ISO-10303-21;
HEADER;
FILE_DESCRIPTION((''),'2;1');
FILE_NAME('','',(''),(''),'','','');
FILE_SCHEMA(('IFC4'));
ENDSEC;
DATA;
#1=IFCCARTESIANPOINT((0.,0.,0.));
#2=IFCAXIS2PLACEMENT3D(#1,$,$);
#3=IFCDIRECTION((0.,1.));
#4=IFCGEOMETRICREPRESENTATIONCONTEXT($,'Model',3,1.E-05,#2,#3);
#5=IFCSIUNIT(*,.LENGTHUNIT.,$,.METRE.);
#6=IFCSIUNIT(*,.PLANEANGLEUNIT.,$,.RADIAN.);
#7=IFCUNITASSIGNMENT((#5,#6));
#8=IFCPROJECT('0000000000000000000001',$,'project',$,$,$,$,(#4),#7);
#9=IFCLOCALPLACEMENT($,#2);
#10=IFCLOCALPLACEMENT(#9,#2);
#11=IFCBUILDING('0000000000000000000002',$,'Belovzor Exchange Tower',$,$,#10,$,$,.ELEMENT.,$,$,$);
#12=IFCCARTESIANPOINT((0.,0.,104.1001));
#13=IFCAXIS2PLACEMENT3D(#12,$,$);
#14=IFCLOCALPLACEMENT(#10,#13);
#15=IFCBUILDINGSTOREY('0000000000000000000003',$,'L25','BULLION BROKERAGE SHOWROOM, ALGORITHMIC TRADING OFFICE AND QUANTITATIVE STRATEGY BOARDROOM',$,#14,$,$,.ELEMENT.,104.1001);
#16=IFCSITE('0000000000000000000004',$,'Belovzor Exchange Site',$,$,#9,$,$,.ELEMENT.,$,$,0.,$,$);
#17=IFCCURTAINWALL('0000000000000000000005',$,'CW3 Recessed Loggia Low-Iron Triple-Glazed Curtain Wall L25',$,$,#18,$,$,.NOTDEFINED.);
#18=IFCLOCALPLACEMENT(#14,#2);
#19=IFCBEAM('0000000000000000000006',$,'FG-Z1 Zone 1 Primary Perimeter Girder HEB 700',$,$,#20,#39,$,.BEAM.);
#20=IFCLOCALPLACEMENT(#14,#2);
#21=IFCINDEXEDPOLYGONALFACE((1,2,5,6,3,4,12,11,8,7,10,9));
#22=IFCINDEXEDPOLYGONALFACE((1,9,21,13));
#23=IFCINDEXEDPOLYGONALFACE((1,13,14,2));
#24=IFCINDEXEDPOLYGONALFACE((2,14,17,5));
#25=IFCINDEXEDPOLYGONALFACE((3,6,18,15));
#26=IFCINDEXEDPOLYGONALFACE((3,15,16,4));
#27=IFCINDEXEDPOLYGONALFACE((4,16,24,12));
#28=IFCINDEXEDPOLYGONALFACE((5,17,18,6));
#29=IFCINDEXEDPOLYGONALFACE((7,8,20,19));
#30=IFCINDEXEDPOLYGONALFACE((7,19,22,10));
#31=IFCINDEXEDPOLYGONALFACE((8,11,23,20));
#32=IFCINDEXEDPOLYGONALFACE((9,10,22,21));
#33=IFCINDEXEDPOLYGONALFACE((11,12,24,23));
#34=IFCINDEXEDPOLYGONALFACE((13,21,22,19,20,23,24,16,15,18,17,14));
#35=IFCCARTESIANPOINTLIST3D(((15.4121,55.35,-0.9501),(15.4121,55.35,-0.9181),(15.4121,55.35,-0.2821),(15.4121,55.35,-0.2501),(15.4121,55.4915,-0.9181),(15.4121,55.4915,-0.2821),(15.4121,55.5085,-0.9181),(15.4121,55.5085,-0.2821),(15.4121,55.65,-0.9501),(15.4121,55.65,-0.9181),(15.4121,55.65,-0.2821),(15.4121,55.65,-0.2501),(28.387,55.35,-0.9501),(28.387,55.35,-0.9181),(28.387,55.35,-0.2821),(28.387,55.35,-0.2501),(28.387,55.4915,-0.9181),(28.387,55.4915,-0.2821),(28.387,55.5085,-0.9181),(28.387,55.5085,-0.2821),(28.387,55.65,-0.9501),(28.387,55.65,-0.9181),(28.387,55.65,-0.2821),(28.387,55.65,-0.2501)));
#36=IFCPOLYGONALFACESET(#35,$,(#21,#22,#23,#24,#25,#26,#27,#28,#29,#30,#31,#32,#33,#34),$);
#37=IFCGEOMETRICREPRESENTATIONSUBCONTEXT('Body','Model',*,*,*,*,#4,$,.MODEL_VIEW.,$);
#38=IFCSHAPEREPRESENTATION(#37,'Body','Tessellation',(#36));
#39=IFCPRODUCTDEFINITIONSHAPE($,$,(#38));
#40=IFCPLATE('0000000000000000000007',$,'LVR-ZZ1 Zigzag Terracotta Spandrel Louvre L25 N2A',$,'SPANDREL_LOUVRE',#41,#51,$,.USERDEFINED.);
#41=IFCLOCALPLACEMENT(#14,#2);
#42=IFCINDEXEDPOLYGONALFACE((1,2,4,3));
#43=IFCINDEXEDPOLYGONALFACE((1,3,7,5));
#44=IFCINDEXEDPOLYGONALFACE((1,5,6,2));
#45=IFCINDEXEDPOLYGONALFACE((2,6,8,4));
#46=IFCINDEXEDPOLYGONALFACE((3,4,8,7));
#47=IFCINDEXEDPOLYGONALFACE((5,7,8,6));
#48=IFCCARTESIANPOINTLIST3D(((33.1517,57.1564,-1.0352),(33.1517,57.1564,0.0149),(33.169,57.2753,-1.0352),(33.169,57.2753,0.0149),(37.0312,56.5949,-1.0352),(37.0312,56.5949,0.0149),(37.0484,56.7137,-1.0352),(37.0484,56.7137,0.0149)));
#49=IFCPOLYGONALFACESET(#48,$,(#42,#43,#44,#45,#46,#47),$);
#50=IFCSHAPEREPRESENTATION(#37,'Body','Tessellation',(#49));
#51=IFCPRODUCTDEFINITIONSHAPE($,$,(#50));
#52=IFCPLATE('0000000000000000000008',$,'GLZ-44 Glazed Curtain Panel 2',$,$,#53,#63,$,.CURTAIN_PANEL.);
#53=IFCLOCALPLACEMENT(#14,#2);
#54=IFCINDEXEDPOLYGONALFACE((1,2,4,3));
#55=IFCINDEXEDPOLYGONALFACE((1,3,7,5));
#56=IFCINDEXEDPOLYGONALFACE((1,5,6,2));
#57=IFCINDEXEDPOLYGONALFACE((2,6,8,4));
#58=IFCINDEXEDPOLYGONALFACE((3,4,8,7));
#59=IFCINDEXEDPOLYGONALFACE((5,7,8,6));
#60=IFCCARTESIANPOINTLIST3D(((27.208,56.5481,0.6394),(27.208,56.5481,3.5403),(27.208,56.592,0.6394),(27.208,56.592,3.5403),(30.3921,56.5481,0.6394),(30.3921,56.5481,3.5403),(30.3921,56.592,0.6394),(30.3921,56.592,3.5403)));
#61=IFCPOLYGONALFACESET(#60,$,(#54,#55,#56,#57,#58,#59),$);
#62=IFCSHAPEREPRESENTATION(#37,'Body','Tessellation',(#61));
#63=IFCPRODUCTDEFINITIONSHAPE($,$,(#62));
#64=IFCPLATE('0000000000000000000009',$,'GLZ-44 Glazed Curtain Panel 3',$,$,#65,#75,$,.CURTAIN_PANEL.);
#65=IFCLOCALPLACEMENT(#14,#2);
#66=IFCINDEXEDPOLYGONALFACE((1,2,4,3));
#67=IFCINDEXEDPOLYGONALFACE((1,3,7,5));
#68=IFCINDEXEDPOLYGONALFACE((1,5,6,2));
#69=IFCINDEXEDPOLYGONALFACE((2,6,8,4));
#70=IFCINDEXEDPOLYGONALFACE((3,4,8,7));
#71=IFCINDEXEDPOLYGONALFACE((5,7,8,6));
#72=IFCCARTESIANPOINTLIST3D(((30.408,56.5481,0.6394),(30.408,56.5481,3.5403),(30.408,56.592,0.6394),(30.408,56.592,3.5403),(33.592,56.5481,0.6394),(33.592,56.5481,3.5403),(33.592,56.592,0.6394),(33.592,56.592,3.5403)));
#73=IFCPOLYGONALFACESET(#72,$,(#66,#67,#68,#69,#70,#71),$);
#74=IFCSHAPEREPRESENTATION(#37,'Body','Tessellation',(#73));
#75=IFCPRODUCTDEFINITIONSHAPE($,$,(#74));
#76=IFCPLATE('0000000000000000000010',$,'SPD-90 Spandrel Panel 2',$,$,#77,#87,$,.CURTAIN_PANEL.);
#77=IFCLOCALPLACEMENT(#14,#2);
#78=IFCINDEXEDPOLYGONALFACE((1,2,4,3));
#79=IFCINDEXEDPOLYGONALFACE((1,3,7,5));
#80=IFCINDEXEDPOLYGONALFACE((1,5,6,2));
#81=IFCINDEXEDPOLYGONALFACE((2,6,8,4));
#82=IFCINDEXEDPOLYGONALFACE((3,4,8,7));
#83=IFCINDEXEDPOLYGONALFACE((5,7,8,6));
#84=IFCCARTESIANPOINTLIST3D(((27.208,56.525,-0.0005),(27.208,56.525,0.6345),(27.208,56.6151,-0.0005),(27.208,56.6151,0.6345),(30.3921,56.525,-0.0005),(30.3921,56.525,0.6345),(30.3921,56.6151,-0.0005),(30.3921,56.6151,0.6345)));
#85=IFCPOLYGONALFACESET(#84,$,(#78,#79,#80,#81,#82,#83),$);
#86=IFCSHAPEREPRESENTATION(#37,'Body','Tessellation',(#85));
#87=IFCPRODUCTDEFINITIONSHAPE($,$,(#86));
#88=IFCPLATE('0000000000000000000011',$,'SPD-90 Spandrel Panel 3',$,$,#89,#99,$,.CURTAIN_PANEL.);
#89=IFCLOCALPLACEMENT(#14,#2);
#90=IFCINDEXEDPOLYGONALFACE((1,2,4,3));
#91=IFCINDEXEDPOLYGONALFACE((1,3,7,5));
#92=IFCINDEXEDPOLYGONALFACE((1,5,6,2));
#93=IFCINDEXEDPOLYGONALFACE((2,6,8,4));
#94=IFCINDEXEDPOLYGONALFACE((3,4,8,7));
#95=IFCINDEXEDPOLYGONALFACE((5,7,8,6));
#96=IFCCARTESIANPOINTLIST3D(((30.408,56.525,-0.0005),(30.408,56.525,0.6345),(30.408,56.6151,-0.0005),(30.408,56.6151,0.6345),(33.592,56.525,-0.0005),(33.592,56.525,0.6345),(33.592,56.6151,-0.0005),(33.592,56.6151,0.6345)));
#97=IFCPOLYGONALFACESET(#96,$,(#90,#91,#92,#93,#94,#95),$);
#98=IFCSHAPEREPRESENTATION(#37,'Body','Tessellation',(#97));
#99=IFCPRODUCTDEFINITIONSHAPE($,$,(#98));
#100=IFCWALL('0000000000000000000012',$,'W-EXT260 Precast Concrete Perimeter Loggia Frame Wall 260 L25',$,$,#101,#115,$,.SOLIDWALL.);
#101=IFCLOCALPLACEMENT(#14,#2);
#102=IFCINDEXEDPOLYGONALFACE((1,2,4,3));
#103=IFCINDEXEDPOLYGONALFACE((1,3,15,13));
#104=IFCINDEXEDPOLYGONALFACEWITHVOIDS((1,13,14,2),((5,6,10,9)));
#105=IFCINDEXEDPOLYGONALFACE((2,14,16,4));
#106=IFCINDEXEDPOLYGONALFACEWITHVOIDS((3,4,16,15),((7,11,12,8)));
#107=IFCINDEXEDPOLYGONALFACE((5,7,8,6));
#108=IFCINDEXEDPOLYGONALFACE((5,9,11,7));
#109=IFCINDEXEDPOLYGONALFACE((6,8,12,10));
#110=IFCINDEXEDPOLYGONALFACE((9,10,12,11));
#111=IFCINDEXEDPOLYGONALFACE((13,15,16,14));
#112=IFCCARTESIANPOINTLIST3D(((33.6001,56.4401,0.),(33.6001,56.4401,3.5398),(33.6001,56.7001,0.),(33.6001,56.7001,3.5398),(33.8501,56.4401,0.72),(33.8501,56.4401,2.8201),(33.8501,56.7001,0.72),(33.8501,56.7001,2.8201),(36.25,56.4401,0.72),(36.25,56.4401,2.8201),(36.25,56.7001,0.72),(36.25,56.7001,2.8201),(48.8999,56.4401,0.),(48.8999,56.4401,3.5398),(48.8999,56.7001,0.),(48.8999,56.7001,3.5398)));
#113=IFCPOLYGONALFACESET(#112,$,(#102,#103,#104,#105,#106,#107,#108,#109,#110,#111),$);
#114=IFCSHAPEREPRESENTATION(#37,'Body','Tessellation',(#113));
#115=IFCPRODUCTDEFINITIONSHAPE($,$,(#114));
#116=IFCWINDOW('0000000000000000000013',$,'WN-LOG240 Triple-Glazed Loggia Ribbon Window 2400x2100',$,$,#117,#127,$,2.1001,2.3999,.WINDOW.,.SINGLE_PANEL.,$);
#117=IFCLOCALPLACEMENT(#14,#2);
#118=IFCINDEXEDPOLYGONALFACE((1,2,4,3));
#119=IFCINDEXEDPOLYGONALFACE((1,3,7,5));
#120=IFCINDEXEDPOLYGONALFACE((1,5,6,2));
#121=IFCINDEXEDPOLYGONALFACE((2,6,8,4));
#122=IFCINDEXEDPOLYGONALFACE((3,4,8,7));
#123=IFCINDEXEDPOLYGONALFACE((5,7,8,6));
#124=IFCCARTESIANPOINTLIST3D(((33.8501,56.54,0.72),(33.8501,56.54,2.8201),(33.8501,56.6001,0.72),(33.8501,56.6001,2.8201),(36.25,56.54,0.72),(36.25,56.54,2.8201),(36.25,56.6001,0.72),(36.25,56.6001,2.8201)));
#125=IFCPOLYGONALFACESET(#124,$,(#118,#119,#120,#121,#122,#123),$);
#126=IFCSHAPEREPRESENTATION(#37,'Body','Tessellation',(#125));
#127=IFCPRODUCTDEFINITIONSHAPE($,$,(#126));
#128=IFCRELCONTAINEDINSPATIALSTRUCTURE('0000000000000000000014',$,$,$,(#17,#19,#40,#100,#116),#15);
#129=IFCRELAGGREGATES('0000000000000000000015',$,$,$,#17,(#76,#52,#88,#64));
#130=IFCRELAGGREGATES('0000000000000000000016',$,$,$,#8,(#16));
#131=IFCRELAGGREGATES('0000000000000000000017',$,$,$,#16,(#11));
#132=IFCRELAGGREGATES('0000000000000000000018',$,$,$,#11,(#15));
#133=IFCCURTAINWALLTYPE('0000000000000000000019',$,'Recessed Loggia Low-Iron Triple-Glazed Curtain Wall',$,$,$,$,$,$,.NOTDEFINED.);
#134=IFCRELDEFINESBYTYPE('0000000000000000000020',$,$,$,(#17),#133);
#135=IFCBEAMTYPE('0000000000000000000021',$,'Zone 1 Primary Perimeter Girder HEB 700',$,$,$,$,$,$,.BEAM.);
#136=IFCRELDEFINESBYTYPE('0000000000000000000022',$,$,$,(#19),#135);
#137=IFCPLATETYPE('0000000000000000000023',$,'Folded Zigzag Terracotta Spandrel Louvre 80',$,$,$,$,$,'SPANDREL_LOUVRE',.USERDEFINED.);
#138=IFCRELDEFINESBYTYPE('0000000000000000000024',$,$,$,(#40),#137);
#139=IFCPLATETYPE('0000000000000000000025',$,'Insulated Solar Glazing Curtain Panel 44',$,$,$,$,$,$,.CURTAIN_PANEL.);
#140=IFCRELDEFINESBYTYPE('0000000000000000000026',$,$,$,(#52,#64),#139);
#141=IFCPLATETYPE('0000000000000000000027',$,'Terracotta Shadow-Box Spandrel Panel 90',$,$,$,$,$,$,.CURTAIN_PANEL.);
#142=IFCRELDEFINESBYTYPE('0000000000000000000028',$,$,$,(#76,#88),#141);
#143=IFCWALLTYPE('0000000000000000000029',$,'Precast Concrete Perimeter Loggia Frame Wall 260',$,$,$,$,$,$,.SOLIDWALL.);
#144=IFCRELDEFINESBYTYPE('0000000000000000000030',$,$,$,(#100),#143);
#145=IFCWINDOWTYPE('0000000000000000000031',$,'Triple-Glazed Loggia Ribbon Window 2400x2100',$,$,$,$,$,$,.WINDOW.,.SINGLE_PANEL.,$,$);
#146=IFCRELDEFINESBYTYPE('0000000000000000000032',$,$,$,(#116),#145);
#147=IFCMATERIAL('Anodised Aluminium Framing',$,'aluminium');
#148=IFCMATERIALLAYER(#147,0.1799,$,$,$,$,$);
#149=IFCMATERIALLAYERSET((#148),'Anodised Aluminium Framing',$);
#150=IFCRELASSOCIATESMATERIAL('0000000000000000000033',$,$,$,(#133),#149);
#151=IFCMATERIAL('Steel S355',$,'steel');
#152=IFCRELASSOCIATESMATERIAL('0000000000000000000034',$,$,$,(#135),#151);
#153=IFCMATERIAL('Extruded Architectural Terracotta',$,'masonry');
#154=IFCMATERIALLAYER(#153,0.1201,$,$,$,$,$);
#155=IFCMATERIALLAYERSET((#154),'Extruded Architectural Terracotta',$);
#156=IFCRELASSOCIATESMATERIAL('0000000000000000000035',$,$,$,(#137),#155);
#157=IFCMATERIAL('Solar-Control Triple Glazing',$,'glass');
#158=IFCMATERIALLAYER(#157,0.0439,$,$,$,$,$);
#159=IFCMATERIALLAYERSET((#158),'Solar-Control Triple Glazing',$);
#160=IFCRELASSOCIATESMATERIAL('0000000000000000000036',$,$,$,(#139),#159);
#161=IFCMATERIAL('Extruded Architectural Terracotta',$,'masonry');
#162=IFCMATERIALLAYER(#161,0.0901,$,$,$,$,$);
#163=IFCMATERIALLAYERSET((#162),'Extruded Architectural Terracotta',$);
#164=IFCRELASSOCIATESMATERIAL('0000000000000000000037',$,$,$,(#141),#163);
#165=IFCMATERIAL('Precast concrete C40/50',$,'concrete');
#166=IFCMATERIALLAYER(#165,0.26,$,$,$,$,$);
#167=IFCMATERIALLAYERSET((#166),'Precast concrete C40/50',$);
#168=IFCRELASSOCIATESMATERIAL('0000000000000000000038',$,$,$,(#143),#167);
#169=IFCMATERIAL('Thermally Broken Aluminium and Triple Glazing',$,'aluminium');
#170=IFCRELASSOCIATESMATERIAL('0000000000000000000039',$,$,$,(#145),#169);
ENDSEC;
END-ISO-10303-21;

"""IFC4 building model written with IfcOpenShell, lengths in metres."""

from ifc_helpers import new_model, si_unit, direction, frame, frame_2d, origin, origin_2d, place, context, subcontext, project, spatial, rectangle, i_section, extrude, material, layer, layer_set, material_profile, profile_set, type_object, element, fill, aggregate, save


model = new_model("IFC4")

# Units and contexts
model_context = context("Model", 3, precision=1e-05, world=origin(), true_north=direction((0.0, 1.0)))
body_context = subcontext(model_context, "Body", "Model", "MODEL_VIEW")
ifc_project = project(units=[si_unit("LENGTHUNIT", "METRE"), si_unit("PLANEANGLEUNIT", "RADIAN")], contexts=[model_context])

# Site, building, storey
site_placement = place(None, origin())
site = spatial("IfcSite", under=ifc_project, at=site_placement, Name="Belovzor Exchange Site", CompositionType="ELEMENT", RefElevation=0.0)
building_placement = place(site_placement, origin())
building = spatial("IfcBuilding", under=site, at=building_placement, Name="Belovzor Exchange Tower", CompositionType="ELEMENT")
storey_placement = place(building_placement, frame((0.0, 0.0, 104.1001)))
storey = spatial("IfcBuildingStorey", under=building, at=storey_placement, Name="L25", Description="BULLION BROKERAGE SHOWROOM, ALGORITHMIC TRADING OFFICE AND QUANTITATIVE STRATEGY BOARDROOM", CompositionType="ELEMENT", Elevation=104.1001)

# Curtain wall
ifc_material_1 = material(Name="Anodised Aluminium Framing", Category="aluminium")
ifc_layer_1 = layer(ifc_material_1, 0.1799)
ifc_layer_set_1 = layer_set([ifc_layer_1], Name="Anodised Aluminium Framing")
curtain_wall_type = type_object("IfcCurtainWallType", Name="Recessed Loggia Low-Iron Triple-Glazed Curtain Wall", PredefinedType="NOTDEFINED", material=ifc_layer_set_1)
curtain_wall_placement = place(storey_placement, origin())
curtain_wall = element("IfcCurtainWall", 1, at=curtain_wall_placement, inside=storey, type_object=curtain_wall_type, Name="CW3 Recessed Loggia Low-Iron Triple-Glazed Curtain Wall L25", PredefinedType="NOTDEFINED")

# Beam
ifc_material_2 = material(Name="Steel S355", Category="steel")
ifc_material_profile_1 = material_profile(ifc_material_2, i_section(OverallWidth=0.3, OverallDepth=0.7, WebThickness=0.0171, FlangeThickness=0.032, at=origin_2d()))
ifc_profile_set_1 = profile_set([ifc_material_profile_1], Name="Steel S355")
beam_type_1 = type_object("IfcBeamType", Name="Zone 1 Primary Perimeter Girder HEB 700", PredefinedType="BEAM", material=ifc_profile_set_1)
beam_1_placement = place(storey_placement, frame((28.387, 55.5, -0.6001), z_axis=(-1.0, 0.0, 0.0), x_axis=(0.0, -1.0, 0.0)))
element("IfcBeam", 2, at=beam_1_placement, inside=storey, type_object=beam_type_1, Name="FG-Z1 Zone 1 Primary Perimeter Girder HEB 700", PredefinedType="BEAM", context=body_context, shape_type="SweptSolid", body=[
    extrude(i_section(OverallWidth=0.3, OverallDepth=0.7, WebThickness=0.0171, FlangeThickness=0.032, at=origin_2d()), origin(), (0.0, 0.0, 1.0), 12.9749),
])

# Plates
ifc_material_3 = material(Name="Extruded Architectural Terracotta", Category="masonry")
ifc_layer_2 = layer(ifc_material_3, 0.1201)
ifc_layer_set_2 = layer_set([ifc_layer_2], Name="Extruded Architectural Terracotta")
plate_type_1 = type_object("IfcPlateType", Name="Folded Zigzag Terracotta Spandrel Louvre 80", ElementType="SPANDREL_LOUVRE", PredefinedType="USERDEFINED", material=ifc_layer_set_2)
plate_1_placement = place(storey_placement, frame((35.1001, 56.9351, -1.0352), z_axis=(0.0, 0.0, 1.0), x_axis=(0.989686, -0.143251, 0.0)))
element("IfcPlate", 3, at=plate_1_placement, inside=storey, type_object=plate_type_1, Name="LVR-ZZ1 Zigzag Terracotta Spandrel Louvre L25 N2A", ObjectType="SPANDREL_LOUVRE", PredefinedType="USERDEFINED", context=body_context, shape_type="SweptSolid", body=[
    extrude(rectangle(XDim=3.9199, YDim=0.1201, at=origin_2d()), origin(), (0.0, 0.0, 1.0), 1.05),
])
ifc_material_4 = material(Name="Solar-Control Triple Glazing", Category="glass")
ifc_layer_3 = layer(ifc_material_4, 0.0439)
ifc_layer_set_3 = layer_set([ifc_layer_3], Name="Solar-Control Triple Glazing")
plate_type_2 = type_object("IfcPlateType", Name="Insulated Solar Glazing Curtain Panel 44", PredefinedType="CURTAIN_PANEL", material=ifc_layer_set_3)
plate_2_placement = place(storey_placement, frame((28.8, 56.5701, 0.6394), z_axis=(0.0, 0.0, 1.0), x_axis=(1.0, 0.0, 0.0)))
plate_2 = element("IfcPlate", 4, at=plate_2_placement, type_object=plate_type_2, Name="GLZ-44 Glazed Curtain Panel 2", PredefinedType="CURTAIN_PANEL", context=body_context, shape_type="SweptSolid", body=[
    extrude(rectangle(XDim=3.1841, YDim=0.0439, at=origin_2d()), origin(), (0.0, 0.0, 1.0), 2.9009),
])
plate_3_placement = place(storey_placement, frame((32.0, 56.5701, 0.6394), z_axis=(0.0, 0.0, 1.0), x_axis=(1.0, 0.0, 0.0)))
plate_3 = element("IfcPlate", 5, at=plate_3_placement, type_object=plate_type_2, Name="GLZ-44 Glazed Curtain Panel 3", PredefinedType="CURTAIN_PANEL", context=body_context, shape_type="SweptSolid", body=[
    extrude(rectangle(XDim=3.1841, YDim=0.0439, at=origin_2d()), origin(), (0.0, 0.0, 1.0), 2.9009),
])
ifc_material_5 = material(Name="Extruded Architectural Terracotta", Category="masonry")
ifc_layer_4 = layer(ifc_material_5, 0.0901)
ifc_layer_set_4 = layer_set([ifc_layer_4], Name="Extruded Architectural Terracotta")
plate_type_3 = type_object("IfcPlateType", Name="Terracotta Shadow-Box Spandrel Panel 90", PredefinedType="CURTAIN_PANEL", material=ifc_layer_set_4)
plate_4_placement = place(storey_placement, frame((28.8, 56.5701, -0.0005), z_axis=(0.0, 0.0, 1.0), x_axis=(1.0, 0.0, 0.0)))
plate_4 = element("IfcPlate", 6, at=plate_4_placement, type_object=plate_type_3, Name="SPD-90 Spandrel Panel 2", PredefinedType="CURTAIN_PANEL", context=body_context, shape_type="SweptSolid", body=[
    extrude(rectangle(XDim=3.1841, YDim=0.0901, at=origin_2d()), origin(), (0.0, 0.0, 1.0), 0.635),
])
plate_5_placement = place(storey_placement, frame((32.0, 56.5701, -0.0005), z_axis=(0.0, 0.0, 1.0), x_axis=(1.0, 0.0, 0.0)))
plate_5 = element("IfcPlate", 7, at=plate_5_placement, type_object=plate_type_3, Name="SPD-90 Spandrel Panel 3", PredefinedType="CURTAIN_PANEL", context=body_context, shape_type="SweptSolid", body=[
    extrude(rectangle(XDim=3.1841, YDim=0.0901, at=origin_2d()), origin(), (0.0, 0.0, 1.0), 0.635),
])
aggregate(curtain_wall, [plate_4, plate_2, plate_5, plate_3])

# Wall, opening, window
ifc_material_6 = material(Name="Precast concrete C40/50", Category="concrete")
ifc_layer_5 = layer(ifc_material_6, 0.26)
ifc_layer_set_5 = layer_set([ifc_layer_5], Name="Precast concrete C40/50")
wall_type = type_object("IfcWallType", Name="Precast Concrete Perimeter Loggia Frame Wall 260", PredefinedType="SOLIDWALL", material=ifc_layer_set_5)
wall_placement = place(storey_placement, frame((33.6001, 56.5701, 0.0), z_axis=(0.0, 0.0, 1.0), x_axis=(1.0, 0.0, 0.0)))
wall = element("IfcWall", 8, at=wall_placement, inside=storey, type_object=wall_type, Name="W-EXT260 Precast Concrete Perimeter Loggia Frame Wall 260 L25", PredefinedType="SOLIDWALL", context=body_context, shape_type="SweptSolid", body=[
    extrude(rectangle(XDim=15.2998, YDim=0.26, at=frame_2d((7.6499, 0.0))), origin(), (0.0, 0.0, 1.0), 3.5398),
])
opening_placement = place(wall_placement, frame((0.25, 0.0, 0.72)))
opening = element("IfcOpeningElement", 9, at=opening_placement, cuts=wall, PredefinedType="OPENING", context=body_context, shape_type="SweptSolid", body=[
    extrude(rectangle(XDim=2.3999, YDim=2.1001, at=frame_2d((1.2, 1.05))), frame((0.0, 0.1399, 0.0), z_axis=(0.0, -1.0, 0.0), x_axis=(1.0, 0.0, 0.0)), (0.0, 0.0, 1.0), 0.28),
])
ifc_material_7 = material(Name="Thermally Broken Aluminium and Triple Glazing", Category="aluminium")
window_type = type_object("IfcWindowType", Name="Triple-Glazed Loggia Ribbon Window 2400x2100", PartitioningType="SINGLE_PANEL", PredefinedType="WINDOW", material=ifc_material_7)
window_placement = place(opening_placement, origin())
window = element("IfcWindow", 10, at=window_placement, inside=storey, type_object=window_type, Name="WN-LOG240 Triple-Glazed Loggia Ribbon Window 2400x2100", OverallHeight=2.1001, OverallWidth=2.3999, PartitioningType="SINGLE_PANEL", PredefinedType="WINDOW", context=body_context, shape_type="SweptSolid", body=[
    extrude(rectangle(XDim=2.3999, YDim=2.1001, at=frame_2d((1.2, 1.05))), frame((0.0, 0.03, 0.0), z_axis=(0.0, -1.0, 0.0), x_axis=(1.0, 0.0, 0.0)), (0.0, 0.0, 1.0), 0.0601),
])
fill(opening, window)

save(model, "model.ifc")
